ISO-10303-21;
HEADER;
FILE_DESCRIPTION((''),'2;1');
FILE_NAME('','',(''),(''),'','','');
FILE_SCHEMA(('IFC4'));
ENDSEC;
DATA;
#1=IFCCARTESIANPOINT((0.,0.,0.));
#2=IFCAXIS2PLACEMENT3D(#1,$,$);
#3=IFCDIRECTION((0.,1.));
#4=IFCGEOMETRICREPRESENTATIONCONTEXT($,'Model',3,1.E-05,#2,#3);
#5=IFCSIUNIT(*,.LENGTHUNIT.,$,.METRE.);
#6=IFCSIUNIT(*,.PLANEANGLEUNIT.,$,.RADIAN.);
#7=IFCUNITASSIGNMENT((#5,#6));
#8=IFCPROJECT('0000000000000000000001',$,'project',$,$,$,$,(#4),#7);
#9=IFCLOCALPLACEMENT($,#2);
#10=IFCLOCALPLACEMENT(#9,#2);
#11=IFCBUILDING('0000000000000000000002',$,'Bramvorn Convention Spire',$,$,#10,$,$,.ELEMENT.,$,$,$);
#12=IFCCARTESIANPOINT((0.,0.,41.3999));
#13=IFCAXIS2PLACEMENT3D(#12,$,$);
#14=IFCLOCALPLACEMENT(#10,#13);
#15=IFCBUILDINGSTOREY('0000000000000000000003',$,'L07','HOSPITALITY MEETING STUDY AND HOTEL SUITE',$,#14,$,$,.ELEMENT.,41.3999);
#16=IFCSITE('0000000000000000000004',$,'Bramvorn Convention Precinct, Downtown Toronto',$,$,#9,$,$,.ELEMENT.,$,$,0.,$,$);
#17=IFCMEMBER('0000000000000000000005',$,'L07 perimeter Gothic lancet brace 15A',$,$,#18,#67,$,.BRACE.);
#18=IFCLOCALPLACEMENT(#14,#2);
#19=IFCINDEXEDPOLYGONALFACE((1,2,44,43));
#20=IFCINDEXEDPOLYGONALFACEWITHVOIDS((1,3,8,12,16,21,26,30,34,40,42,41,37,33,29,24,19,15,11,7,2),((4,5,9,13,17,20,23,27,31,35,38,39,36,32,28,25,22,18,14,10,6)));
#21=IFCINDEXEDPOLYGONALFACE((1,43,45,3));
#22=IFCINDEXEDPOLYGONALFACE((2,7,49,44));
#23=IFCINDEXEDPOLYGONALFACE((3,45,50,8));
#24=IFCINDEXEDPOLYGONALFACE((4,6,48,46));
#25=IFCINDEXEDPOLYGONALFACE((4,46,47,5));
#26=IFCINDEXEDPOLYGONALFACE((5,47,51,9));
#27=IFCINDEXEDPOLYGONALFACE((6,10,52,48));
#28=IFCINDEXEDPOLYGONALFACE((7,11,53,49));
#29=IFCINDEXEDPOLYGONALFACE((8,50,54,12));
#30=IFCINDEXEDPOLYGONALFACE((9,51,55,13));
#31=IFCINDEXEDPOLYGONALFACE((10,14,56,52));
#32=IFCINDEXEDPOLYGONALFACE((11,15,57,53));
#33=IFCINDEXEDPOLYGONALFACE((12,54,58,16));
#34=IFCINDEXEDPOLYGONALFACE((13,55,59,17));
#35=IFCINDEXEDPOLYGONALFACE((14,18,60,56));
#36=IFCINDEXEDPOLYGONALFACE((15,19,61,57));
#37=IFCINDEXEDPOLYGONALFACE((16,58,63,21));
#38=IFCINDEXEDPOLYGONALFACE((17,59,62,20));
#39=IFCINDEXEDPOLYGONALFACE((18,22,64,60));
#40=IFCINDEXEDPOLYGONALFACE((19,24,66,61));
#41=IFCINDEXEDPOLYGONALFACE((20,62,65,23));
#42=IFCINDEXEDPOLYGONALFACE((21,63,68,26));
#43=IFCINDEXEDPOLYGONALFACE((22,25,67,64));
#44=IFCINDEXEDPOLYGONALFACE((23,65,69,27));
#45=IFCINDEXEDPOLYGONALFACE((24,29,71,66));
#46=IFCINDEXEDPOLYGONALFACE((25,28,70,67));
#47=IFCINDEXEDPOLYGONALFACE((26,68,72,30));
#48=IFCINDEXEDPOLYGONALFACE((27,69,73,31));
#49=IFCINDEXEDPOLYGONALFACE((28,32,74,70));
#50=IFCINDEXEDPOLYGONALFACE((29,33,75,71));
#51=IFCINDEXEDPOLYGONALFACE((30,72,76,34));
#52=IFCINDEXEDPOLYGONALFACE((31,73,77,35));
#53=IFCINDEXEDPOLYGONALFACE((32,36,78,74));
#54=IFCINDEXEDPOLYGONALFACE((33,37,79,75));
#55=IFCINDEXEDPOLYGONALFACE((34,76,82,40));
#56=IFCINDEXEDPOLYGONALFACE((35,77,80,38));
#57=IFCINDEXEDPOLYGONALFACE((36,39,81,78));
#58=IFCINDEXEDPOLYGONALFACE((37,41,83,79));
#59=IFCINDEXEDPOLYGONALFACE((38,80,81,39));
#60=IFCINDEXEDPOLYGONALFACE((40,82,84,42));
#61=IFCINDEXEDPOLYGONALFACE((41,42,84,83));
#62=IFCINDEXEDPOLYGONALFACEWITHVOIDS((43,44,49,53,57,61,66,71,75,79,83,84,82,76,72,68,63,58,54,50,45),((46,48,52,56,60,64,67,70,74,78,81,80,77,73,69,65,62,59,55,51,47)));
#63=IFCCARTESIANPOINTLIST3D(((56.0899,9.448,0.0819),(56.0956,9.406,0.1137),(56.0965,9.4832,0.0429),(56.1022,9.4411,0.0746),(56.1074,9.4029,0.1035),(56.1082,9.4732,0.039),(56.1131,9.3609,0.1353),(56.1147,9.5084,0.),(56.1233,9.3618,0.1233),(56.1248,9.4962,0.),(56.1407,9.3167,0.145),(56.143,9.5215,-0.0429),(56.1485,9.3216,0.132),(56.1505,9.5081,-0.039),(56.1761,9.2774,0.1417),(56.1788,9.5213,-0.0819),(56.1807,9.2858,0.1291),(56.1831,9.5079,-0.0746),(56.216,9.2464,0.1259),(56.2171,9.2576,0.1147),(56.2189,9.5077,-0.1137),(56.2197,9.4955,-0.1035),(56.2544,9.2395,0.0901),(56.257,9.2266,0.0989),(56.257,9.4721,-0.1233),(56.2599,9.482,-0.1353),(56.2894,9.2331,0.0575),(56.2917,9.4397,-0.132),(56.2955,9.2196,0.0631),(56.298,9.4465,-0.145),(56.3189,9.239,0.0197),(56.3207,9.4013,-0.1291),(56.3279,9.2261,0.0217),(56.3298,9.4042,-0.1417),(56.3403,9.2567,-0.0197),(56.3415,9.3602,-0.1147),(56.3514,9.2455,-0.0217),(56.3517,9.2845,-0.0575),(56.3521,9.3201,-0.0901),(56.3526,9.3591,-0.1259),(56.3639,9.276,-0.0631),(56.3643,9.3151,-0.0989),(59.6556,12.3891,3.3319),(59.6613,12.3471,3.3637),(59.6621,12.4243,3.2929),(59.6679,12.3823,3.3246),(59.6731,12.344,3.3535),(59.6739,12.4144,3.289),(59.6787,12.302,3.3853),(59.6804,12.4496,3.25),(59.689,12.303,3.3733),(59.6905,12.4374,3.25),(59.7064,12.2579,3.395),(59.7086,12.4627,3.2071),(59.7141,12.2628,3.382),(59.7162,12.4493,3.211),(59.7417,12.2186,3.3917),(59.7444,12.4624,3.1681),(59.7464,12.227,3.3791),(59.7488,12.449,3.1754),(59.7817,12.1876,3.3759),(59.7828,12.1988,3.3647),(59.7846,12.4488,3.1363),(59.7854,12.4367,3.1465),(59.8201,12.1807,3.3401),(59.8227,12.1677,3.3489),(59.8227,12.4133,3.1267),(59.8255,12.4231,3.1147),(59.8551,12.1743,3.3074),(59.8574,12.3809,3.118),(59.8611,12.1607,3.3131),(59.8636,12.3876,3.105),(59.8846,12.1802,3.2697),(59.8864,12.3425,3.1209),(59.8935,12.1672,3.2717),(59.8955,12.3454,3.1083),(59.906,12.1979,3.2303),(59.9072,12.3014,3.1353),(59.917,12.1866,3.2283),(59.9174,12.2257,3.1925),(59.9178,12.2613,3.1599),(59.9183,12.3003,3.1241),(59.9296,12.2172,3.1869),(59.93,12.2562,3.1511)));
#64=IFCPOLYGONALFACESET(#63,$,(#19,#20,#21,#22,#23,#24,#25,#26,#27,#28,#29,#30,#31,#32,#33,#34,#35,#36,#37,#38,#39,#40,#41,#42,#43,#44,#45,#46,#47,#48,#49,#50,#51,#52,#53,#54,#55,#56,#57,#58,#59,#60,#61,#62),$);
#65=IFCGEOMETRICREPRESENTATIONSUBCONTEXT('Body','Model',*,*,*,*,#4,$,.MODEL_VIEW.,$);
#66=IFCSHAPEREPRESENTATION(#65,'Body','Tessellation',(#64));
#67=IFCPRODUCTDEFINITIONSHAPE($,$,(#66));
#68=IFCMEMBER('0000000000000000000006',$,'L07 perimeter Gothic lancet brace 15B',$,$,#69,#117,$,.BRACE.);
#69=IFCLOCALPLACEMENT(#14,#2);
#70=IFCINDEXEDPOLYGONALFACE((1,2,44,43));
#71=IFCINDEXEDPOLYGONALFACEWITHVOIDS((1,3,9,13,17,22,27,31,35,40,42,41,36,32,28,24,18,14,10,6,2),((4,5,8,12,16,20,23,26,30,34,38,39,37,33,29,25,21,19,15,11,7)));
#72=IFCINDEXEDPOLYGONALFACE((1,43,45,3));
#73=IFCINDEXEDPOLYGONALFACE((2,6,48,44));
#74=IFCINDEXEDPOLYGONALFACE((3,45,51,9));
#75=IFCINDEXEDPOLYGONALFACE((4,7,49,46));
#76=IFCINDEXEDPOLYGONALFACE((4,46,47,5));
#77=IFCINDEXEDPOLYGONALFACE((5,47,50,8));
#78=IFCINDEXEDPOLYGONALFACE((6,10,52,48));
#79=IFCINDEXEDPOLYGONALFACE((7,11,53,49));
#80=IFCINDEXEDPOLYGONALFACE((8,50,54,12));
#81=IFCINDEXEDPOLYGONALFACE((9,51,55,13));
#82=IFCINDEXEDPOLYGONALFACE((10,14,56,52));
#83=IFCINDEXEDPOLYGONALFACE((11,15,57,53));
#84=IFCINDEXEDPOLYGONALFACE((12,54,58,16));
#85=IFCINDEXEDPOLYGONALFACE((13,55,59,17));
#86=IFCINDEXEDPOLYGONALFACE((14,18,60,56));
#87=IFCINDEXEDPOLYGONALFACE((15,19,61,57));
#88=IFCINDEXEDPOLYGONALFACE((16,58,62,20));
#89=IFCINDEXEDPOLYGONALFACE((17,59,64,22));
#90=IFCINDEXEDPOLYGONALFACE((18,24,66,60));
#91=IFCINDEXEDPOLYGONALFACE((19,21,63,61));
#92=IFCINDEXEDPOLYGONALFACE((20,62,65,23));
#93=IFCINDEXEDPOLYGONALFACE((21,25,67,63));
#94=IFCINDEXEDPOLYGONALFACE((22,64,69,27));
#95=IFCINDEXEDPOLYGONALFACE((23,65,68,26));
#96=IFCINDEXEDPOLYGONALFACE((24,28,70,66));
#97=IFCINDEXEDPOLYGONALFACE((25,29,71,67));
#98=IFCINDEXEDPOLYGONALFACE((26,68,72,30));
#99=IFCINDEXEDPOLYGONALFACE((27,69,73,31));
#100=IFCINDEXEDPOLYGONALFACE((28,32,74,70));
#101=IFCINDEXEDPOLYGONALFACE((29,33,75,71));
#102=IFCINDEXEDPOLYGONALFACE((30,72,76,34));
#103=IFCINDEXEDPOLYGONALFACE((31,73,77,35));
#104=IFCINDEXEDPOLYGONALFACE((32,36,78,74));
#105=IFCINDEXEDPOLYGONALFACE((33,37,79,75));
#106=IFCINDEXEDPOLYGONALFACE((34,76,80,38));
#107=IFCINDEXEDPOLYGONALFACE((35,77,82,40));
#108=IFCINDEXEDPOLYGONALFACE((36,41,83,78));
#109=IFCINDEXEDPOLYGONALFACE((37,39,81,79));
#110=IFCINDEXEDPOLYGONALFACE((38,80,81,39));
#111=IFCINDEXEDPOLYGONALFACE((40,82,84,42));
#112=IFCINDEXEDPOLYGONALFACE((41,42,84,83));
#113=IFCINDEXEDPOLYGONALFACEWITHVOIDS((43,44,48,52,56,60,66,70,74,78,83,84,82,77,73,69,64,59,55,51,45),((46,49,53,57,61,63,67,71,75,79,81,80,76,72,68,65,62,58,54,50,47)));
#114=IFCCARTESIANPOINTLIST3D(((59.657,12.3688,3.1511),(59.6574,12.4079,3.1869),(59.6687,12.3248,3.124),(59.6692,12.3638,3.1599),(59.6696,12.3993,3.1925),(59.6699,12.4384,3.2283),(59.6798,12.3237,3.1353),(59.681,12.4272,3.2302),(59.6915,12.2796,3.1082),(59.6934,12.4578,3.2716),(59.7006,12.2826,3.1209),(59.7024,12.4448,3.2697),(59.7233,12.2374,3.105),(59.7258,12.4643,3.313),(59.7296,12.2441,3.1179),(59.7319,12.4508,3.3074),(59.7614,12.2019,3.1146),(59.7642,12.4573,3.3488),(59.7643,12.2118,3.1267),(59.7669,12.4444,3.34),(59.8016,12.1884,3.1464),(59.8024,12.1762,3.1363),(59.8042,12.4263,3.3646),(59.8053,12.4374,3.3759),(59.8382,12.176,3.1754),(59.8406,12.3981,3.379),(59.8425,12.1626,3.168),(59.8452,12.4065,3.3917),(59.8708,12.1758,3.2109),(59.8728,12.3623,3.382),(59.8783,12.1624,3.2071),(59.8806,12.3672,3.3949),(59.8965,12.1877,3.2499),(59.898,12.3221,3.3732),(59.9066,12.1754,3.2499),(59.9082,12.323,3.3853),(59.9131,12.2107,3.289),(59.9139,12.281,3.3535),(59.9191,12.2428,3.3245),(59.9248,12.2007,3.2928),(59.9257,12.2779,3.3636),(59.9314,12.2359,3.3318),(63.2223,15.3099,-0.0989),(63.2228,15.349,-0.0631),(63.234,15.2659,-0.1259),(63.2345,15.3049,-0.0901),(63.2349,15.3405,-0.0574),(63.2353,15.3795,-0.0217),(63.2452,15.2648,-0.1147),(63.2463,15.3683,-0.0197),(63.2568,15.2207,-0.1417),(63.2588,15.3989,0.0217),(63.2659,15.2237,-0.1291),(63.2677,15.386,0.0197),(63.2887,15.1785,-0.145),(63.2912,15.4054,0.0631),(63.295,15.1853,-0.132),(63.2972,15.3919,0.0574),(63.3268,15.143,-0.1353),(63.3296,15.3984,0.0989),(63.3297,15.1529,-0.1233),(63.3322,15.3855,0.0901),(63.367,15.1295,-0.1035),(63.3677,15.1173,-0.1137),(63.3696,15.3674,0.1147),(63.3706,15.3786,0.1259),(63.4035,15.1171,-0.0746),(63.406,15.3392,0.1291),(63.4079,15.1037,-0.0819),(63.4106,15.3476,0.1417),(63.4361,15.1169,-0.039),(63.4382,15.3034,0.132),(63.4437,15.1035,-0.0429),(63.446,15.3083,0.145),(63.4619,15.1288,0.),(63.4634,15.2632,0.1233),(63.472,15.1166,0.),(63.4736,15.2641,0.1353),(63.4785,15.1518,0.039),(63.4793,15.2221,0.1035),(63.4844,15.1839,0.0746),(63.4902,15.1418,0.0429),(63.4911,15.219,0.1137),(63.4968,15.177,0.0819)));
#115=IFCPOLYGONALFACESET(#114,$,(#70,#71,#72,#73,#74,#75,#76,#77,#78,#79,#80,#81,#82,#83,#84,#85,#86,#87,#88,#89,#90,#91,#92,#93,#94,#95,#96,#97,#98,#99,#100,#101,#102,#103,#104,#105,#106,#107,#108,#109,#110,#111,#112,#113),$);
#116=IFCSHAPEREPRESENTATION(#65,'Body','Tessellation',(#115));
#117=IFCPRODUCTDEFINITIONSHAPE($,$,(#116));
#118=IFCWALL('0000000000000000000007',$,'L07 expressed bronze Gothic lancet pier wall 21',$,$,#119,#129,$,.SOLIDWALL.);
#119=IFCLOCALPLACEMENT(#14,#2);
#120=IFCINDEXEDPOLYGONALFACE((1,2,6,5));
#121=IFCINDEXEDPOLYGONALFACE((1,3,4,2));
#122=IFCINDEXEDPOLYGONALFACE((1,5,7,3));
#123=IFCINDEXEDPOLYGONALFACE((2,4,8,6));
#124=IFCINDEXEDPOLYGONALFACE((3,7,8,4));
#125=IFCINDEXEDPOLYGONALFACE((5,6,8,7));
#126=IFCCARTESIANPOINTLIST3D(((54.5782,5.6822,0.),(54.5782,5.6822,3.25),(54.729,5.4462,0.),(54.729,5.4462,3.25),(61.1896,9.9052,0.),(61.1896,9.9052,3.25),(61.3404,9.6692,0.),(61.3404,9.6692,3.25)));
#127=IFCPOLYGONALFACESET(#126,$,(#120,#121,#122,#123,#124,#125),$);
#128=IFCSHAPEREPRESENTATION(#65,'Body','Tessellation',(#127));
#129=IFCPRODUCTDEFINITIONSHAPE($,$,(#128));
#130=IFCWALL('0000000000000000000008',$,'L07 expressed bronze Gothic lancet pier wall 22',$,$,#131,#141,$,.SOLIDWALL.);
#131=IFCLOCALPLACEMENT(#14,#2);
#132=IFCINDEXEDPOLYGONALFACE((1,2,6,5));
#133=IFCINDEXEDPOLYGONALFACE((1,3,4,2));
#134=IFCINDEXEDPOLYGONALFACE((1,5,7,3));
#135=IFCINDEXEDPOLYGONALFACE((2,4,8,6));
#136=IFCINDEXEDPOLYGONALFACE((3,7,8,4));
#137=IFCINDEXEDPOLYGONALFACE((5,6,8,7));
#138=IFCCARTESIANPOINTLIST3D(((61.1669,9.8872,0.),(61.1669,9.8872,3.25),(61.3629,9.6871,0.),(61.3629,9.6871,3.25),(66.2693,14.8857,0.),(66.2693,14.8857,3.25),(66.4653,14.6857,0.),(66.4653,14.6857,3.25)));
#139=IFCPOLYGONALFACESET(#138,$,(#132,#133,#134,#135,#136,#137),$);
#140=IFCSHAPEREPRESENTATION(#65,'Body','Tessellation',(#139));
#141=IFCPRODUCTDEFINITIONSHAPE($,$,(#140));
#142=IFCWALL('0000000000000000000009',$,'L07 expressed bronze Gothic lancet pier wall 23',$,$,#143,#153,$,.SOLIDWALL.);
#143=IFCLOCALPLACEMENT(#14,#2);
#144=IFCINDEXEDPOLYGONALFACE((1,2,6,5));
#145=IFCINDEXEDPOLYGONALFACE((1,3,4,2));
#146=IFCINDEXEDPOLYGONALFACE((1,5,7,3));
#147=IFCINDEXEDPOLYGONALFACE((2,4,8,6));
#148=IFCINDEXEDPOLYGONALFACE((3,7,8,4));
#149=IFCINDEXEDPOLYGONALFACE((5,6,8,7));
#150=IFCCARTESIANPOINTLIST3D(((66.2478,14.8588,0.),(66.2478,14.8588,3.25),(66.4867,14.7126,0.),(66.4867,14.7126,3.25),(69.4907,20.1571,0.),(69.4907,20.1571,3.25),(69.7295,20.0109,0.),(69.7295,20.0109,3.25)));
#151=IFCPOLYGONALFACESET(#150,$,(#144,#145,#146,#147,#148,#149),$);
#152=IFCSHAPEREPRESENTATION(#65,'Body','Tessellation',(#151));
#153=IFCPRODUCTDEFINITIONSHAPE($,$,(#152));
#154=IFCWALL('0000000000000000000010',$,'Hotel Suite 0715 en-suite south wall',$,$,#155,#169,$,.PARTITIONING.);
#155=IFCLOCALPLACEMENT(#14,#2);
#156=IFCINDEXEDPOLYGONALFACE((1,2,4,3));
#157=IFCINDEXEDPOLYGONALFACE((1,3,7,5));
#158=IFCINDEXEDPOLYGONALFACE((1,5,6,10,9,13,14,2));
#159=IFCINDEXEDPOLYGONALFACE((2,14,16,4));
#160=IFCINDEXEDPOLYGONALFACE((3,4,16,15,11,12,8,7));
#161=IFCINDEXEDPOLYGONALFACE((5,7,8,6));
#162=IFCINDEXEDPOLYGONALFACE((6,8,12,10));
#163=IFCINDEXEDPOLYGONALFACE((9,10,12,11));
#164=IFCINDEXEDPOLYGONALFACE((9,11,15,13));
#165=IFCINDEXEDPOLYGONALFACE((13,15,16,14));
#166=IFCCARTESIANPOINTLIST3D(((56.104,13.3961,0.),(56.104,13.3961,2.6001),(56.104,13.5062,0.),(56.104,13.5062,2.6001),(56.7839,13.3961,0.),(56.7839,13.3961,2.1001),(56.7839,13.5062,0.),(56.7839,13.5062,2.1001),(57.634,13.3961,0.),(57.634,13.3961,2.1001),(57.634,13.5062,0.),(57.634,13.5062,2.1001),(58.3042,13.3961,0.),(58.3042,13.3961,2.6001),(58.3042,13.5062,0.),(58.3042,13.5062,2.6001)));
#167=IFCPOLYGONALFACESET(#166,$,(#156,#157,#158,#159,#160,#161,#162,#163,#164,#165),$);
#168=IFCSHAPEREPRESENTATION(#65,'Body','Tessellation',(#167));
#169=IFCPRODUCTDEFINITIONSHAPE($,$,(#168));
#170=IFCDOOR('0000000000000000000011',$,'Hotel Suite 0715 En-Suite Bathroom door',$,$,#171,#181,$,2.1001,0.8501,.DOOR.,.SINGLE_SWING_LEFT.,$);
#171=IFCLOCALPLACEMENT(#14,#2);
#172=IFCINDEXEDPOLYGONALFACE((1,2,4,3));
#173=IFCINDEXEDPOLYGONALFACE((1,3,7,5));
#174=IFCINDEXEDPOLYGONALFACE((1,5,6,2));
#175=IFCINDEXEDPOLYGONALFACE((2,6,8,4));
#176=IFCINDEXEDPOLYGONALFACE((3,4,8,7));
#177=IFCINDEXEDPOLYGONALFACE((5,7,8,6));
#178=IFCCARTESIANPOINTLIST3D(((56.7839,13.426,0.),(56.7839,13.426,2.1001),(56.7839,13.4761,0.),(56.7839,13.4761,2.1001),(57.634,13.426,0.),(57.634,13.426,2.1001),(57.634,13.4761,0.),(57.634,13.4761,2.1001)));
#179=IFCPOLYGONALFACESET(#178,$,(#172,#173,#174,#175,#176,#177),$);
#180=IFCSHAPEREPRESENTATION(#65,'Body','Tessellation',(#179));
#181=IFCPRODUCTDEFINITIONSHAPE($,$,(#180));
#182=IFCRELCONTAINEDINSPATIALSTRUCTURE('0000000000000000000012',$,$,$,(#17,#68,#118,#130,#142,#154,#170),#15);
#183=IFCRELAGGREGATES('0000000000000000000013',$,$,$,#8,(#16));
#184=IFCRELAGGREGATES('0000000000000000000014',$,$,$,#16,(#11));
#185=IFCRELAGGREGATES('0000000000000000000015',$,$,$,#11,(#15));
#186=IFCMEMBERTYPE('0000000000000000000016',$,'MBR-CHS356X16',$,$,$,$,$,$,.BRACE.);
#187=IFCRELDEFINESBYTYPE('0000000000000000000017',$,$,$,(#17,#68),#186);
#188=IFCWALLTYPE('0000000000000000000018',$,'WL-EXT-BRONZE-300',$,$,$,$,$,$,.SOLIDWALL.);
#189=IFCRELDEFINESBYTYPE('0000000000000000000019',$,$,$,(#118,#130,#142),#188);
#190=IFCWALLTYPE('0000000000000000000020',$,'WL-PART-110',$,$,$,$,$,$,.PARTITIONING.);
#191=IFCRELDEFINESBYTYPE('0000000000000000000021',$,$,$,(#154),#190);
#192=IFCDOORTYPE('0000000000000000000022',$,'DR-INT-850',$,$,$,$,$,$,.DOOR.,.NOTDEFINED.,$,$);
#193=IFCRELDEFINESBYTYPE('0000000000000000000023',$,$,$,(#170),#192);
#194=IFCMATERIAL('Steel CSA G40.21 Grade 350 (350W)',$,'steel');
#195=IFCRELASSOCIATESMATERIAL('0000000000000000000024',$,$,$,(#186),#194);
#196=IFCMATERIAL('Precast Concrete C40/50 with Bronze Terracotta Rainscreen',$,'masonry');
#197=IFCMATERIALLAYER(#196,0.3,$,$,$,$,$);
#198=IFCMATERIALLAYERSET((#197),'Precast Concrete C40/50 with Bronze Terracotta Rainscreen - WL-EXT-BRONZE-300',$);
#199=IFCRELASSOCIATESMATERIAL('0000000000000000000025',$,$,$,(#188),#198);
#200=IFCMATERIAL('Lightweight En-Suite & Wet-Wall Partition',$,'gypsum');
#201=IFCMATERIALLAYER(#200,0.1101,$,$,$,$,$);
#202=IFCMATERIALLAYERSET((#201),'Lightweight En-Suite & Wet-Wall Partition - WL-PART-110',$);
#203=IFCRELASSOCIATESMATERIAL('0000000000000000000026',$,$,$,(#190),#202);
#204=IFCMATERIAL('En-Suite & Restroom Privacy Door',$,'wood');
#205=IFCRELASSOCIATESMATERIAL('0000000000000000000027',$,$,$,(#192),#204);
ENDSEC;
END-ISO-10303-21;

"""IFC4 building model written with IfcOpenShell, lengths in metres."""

from ifc_helpers import new_model, si_unit, direction, frame, frame_2d, origin, origin_2d, place, context, subcontext, project, spatial, rectangle, hollow_circle, extrude, material, layer, layer_set, material_profile, profile_set, type_object, element, fill, save


model = new_model("IFC4")

# Units and contexts
model_context = context("Model", 3, precision=1e-05, world=origin(), true_north=direction((0.0, 1.0)))
body_context = subcontext(model_context, "Body", "Model", "MODEL_VIEW")
ifc_project = project(units=[si_unit("LENGTHUNIT", "METRE"), si_unit("PLANEANGLEUNIT", "RADIAN")], contexts=[model_context])

# Site, building, storey
site_placement = place(None, origin())
site = spatial("IfcSite", under=ifc_project, at=site_placement, Name="Bramvorn Convention Precinct, Downtown Toronto", CompositionType="ELEMENT", RefElevation=0.0)
building_placement = place(site_placement, origin())
building = spatial("IfcBuilding", under=site, at=building_placement, Name="Bramvorn Convention Spire", CompositionType="ELEMENT")
storey_placement = place(building_placement, frame((0.0, 0.0, 41.3999)))
storey = spatial("IfcBuildingStorey", under=building, at=storey_placement, Name="L07", Description="HOSPITALITY MEETING STUDY AND HOTEL SUITE", CompositionType="ELEMENT", Elevation=41.3999)

# Shared definitions
ifc_material_1 = material(Name="Steel CSA G40.21 Grade 350 (350W)", Category="steel")

# Members
ifc_material_profile_1 = material_profile(ifc_material_1, hollow_circle(Radius=0.1777, WallThickness=0.0159, at=origin_2d()))
ifc_profile_set_1 = profile_set([ifc_material_profile_1], Name="Steel CSA G40.21 Grade 350 (350W) - CHS356X16")
member_type = type_object("IfcMemberType", Name="MBR-CHS356X16", PredefinedType="BRACE", material=ifc_profile_set_1)
member_1_placement = place(storey_placement, frame((56.2278, 9.3713, 0.0), z_axis=(0.631049, 0.520523, 0.575181), x_axis=(-0.636316, 0.771428, 0.0)))
element("IfcMember", 1, at=member_1_placement, inside=storey, type_object=member_type, Name="L07 perimeter Gothic lancet brace 15A", PredefinedType="BRACE", context=body_context, shape_type="SweptSolid", body=[
    extrude(hollow_circle(Radius=0.1777, WallThickness=0.0159, at=origin_2d()), origin(), (0.0, 0.0, 1.0), 5.6504),
])
member_2_placement = place(storey_placement, frame((63.3589, 15.2537, 0.0), z_axis=(-0.631023, -0.520537, 0.575197), x_axis=(0.636342, -0.771407, 0.0)))
element("IfcMember", 2, at=member_2_placement, inside=storey, type_object=member_type, Name="L07 perimeter Gothic lancet brace 15B", PredefinedType="BRACE", context=body_context, shape_type="SweptSolid", body=[
    extrude(hollow_circle(Radius=0.1777, WallThickness=0.0159, at=origin_2d()), origin(), (0.0, 0.0, 1.0), 5.6501),
])

# Walls
ifc_material_2 = material(Name="Precast Concrete C40/50 with Bronze Terracotta Rainscreen", Category="masonry")
ifc_layer_1 = layer(ifc_material_2, 0.3)
ifc_layer_set_1 = layer_set([ifc_layer_1], Name="Precast Concrete C40/50 with Bronze Terracotta Rainscreen - WL-EXT-BRONZE-300")
wall_type_1 = type_object("IfcWallType", Name="WL-EXT-BRONZE-300", PredefinedType="SOLIDWALL", material=ifc_layer_set_1)
wall_1_placement = place(storey_placement, frame((61.2649, 9.7871, 0.0), z_axis=(0.0, 0.0, 1.0), x_axis=(-0.842754, -0.538298, 0.0)))
element("IfcWall", 3, at=wall_1_placement, inside=storey, type_object=wall_type_1, Name="L07 expressed bronze Gothic lancet pier wall 21", PredefinedType="SOLIDWALL", context=body_context, shape_type="SweptSolid", body=[
    extrude(rectangle(XDim=7.845, YDim=0.28, at=frame_2d((3.9224, 0.0))), origin(), (0.0, 0.0, 1.0), 3.25),
])
wall_2_placement = place(storey_placement, frame((66.3672, 14.7856, 0.0), z_axis=(0.0, 0.0, 1.0), x_axis=(-0.714333, -0.699806, 0.0)))
element("IfcWall", 4, at=wall_2_placement, inside=storey, type_object=wall_type_1, Name="L07 expressed bronze Gothic lancet pier wall 22", PredefinedType="SOLIDWALL", context=body_context, shape_type="SweptSolid", body=[
    extrude(rectangle(XDim=7.1428, YDim=0.28, at=frame_2d((3.5713, 0.0))), origin(), (0.0, 0.0, 1.0), 3.25),
])
wall_3_placement = place(storey_placement, frame((69.6101, 20.084, 0.0), z_axis=(0.0, 0.0, 1.0), x_axis=(-0.522041, -0.85292, 0.0)))
element("IfcWall", 5, at=wall_3_placement, inside=storey, type_object=wall_type_1, Name="L07 expressed bronze Gothic lancet pier wall 23", PredefinedType="SOLIDWALL", context=body_context, shape_type="SweptSolid", body=[
    extrude(rectangle(XDim=6.2119, YDim=0.28, at=frame_2d((3.106, 0.0))), origin(), (0.0, 0.0, 1.0), 3.25),
])

# Wall, opening, door
ifc_material_3 = material(Name="Lightweight En-Suite & Wet-Wall Partition", Category="gypsum")
ifc_layer_2 = layer(ifc_material_3, 0.1101)
ifc_layer_set_2 = layer_set([ifc_layer_2], Name="Lightweight En-Suite & Wet-Wall Partition - WL-PART-110")
wall_type_2 = type_object("IfcWallType", Name="WL-PART-110", PredefinedType="PARTITIONING", material=ifc_layer_set_2)
wall_4_placement = place(storey_placement, frame((56.104, 13.4512, 0.0), z_axis=(0.0, 0.0, 1.0), x_axis=(1.0, 0.0, 0.0)))
wall_4 = element("IfcWall", 6, at=wall_4_placement, inside=storey, type_object=wall_type_2, Name="Hotel Suite 0715 en-suite south wall", PredefinedType="PARTITIONING", context=body_context, shape_type="SweptSolid", body=[
    extrude(rectangle(XDim=2.2002, YDim=0.1101, at=frame_2d((1.1001, 0.0))), origin(), (0.0, 0.0, 1.0), 2.6001),
])
opening_1_placement = place(wall_4_placement, frame((0.6799, 0.0, 0.0)))
opening_1 = element("IfcOpeningElement", 7, at=opening_1_placement, cuts=wall_4, PredefinedType="OPENING", context=body_context, shape_type="SweptSolid", body=[
    extrude(rectangle(XDim=0.8501, YDim=2.1001, at=frame_2d((0.425, 1.05))), frame((0.0, 0.0649, 0.0), z_axis=(0.0, -1.0, 0.0), x_axis=(1.0, 0.0, 0.0)), (0.0, 0.0, 1.0), 0.1301),
])
ifc_material_4 = material(Name="En-Suite & Restroom Privacy Door", Category="wood")
door_type = type_object("IfcDoorType", Name="DR-INT-850", OperationType="NOTDEFINED", PredefinedType="DOOR", material=ifc_material_4)
door_1_placement = place(opening_1_placement, origin())
door_1 = element("IfcDoor", 8, at=door_1_placement, inside=storey, type_object=door_type, Name="Hotel Suite 0715 En-Suite Bathroom door", OperationType="SINGLE_SWING_LEFT", OverallHeight=2.1001, OverallWidth=0.8501, PredefinedType="DOOR", context=body_context, shape_type="SweptSolid", body=[
    extrude(rectangle(XDim=0.8501, YDim=2.1001, at=frame_2d((0.425, 1.05))), frame((0.0, 0.0249, 0.0), z_axis=(0.0, -1.0, 0.0), x_axis=(1.0, 0.0, 0.0)), (0.0, 0.0, 1.0), 0.05),
])
fill(opening_1, door_1)

save(model, "model.ifc")
